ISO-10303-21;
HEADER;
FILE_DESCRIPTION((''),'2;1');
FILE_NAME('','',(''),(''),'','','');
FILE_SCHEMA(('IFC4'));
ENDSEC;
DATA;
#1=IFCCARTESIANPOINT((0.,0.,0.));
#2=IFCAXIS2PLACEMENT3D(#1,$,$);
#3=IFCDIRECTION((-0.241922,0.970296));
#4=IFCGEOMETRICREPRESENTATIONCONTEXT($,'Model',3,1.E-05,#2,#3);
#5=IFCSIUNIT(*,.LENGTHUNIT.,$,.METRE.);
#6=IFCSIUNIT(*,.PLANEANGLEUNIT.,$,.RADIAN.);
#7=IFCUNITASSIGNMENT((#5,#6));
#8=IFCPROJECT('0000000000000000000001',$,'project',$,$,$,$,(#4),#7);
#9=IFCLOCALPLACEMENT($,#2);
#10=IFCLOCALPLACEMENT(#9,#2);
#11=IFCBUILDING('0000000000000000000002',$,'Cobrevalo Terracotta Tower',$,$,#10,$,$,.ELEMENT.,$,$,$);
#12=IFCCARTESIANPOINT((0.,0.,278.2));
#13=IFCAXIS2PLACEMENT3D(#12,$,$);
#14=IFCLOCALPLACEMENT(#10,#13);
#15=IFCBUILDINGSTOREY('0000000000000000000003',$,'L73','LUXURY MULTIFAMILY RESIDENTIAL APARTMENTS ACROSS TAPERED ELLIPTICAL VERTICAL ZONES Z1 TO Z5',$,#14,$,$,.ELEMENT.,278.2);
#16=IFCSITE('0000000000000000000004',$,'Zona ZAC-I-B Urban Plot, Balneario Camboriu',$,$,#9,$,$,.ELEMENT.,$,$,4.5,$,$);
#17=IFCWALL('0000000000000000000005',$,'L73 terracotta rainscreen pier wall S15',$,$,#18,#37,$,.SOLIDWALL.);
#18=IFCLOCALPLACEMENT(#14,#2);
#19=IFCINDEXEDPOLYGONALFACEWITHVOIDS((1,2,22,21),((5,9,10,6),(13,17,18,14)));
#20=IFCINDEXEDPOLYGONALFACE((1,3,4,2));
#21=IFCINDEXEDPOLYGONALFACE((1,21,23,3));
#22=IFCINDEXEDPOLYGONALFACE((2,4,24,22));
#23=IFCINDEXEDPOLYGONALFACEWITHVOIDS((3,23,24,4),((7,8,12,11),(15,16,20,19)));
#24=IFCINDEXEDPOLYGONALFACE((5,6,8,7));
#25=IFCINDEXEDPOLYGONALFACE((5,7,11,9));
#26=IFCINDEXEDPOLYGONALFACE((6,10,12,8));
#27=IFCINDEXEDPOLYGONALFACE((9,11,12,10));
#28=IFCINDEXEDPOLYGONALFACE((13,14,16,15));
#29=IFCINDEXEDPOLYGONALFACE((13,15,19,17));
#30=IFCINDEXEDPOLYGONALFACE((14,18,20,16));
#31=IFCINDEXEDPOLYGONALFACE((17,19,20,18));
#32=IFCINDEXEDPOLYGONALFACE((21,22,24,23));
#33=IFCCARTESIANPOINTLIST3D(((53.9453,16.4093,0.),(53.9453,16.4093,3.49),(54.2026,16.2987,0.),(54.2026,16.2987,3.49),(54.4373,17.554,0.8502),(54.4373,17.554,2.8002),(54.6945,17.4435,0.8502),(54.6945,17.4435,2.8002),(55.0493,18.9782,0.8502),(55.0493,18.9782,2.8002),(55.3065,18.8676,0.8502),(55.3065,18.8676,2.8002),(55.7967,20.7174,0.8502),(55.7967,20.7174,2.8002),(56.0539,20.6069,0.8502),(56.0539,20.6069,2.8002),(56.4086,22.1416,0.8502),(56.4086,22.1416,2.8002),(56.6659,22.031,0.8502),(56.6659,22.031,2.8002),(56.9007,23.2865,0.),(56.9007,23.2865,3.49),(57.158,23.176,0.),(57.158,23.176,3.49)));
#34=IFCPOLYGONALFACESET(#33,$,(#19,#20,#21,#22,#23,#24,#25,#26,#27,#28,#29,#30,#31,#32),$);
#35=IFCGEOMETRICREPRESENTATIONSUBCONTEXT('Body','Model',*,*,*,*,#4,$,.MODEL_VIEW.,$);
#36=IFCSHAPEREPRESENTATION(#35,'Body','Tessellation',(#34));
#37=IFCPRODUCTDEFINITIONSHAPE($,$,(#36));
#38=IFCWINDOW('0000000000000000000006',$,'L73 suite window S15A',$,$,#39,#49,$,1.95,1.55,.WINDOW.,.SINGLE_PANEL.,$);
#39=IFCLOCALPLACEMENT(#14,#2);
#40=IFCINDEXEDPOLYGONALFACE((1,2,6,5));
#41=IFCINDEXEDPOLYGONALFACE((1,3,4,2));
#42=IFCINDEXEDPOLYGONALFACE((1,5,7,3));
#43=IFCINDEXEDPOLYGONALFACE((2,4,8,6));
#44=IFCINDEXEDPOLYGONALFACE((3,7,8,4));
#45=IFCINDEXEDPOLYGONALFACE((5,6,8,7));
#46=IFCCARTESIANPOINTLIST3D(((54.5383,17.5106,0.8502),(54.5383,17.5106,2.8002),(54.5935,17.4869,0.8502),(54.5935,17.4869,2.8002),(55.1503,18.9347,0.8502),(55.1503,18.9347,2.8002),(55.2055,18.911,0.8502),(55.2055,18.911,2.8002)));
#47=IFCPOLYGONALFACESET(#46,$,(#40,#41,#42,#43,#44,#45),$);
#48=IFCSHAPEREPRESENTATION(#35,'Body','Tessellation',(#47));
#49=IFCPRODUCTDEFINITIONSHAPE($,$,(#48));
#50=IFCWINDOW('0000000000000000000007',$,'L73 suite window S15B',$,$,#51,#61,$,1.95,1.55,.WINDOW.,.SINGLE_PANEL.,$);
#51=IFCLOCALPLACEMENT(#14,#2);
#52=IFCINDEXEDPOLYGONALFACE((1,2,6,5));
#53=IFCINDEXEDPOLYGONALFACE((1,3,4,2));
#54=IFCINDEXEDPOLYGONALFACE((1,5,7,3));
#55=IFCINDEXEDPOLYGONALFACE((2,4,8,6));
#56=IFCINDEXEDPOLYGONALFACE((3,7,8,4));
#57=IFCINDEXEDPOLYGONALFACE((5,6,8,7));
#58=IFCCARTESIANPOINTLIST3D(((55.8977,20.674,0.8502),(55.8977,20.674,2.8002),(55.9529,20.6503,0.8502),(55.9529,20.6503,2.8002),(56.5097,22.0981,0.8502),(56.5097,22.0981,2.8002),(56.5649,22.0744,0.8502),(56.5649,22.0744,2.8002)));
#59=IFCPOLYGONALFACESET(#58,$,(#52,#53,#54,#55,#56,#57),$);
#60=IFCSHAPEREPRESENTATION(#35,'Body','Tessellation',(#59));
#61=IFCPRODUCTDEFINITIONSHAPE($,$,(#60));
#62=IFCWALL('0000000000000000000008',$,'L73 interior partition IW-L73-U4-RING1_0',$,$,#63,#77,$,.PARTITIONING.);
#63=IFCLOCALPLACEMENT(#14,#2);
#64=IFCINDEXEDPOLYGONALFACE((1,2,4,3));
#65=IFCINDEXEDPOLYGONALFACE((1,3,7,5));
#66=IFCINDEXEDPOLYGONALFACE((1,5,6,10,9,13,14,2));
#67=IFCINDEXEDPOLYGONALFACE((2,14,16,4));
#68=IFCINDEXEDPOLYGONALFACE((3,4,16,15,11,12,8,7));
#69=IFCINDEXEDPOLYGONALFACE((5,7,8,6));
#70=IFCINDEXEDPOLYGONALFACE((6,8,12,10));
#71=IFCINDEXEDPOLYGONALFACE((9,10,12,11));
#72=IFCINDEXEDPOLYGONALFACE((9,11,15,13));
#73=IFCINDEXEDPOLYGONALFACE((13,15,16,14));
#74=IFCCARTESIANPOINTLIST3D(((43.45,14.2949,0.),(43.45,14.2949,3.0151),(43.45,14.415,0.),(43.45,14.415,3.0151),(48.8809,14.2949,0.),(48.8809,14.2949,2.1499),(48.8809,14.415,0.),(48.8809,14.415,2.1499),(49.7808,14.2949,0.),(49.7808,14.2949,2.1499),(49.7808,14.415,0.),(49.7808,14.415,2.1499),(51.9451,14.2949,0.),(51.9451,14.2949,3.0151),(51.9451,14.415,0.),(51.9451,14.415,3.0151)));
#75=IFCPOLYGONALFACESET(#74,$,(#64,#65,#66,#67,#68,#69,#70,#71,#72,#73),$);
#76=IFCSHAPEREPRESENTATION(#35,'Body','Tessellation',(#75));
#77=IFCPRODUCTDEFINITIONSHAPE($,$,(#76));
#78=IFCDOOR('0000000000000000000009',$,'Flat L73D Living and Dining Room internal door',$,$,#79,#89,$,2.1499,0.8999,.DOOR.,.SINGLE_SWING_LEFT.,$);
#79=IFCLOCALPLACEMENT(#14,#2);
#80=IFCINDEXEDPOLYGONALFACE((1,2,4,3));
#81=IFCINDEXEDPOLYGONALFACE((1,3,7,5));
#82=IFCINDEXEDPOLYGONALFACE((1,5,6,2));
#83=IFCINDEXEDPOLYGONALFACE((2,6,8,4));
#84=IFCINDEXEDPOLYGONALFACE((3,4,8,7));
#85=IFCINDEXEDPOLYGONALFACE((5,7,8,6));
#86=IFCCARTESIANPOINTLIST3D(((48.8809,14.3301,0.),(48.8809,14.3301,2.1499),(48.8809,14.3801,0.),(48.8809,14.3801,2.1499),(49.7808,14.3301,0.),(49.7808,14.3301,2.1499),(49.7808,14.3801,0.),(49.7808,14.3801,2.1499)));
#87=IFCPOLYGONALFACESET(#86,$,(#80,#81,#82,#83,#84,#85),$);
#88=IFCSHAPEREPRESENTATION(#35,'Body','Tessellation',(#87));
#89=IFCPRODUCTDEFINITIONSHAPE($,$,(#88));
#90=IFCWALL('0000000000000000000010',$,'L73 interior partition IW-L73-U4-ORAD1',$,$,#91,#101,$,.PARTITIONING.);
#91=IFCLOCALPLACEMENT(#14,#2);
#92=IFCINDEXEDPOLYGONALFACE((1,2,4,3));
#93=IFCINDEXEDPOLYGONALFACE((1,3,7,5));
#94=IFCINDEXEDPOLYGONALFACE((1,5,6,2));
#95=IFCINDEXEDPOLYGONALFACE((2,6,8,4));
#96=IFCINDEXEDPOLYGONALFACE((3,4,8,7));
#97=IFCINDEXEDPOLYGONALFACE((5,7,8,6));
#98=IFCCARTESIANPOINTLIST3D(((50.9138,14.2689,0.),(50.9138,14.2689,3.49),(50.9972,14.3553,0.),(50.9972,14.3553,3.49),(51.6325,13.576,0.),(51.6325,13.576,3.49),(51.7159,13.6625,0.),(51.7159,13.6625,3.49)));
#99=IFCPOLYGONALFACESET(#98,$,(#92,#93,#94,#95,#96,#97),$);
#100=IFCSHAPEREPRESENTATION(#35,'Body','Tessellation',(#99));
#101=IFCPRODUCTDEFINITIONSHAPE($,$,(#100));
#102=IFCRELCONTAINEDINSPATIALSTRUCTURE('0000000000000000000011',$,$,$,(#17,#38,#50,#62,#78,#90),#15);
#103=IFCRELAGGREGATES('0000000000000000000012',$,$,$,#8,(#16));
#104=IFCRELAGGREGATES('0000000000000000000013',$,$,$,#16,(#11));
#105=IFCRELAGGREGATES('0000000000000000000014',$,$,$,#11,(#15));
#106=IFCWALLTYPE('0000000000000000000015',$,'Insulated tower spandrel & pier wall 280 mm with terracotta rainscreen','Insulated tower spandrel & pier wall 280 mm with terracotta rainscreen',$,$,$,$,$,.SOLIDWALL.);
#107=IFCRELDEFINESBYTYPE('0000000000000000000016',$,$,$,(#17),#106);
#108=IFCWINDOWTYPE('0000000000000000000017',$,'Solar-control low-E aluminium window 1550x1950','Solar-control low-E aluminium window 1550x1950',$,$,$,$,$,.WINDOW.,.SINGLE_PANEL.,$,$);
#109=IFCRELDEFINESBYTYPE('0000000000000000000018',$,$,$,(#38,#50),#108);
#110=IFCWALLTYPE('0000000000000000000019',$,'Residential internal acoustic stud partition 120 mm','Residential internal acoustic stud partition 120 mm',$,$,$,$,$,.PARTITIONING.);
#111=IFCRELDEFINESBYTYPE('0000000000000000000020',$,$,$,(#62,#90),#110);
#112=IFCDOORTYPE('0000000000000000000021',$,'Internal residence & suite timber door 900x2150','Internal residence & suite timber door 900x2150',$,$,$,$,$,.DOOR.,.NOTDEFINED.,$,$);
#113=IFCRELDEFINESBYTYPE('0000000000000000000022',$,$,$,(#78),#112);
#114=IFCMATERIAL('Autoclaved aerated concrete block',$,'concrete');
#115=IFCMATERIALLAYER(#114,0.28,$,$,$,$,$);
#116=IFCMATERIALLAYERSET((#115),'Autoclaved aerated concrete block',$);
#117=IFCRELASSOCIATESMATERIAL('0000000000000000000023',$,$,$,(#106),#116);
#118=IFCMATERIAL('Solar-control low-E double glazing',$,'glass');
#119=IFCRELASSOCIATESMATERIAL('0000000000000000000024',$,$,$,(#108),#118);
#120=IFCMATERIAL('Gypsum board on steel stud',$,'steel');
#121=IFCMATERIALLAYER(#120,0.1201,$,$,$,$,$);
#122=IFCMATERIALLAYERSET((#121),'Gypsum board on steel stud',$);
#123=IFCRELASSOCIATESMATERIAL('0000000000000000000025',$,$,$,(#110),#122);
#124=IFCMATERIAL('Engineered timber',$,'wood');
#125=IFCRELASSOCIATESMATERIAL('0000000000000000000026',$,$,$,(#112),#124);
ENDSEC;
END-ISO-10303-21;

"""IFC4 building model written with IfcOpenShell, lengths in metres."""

from ifc_helpers import new_model, si_unit, direction, frame, frame_2d, origin, place, context, subcontext, project, spatial, rectangle, extrude, source, transform, mapped, material, layer, layer_set, type_object, element, fill, save


model = new_model("IFC4")

# Units and contexts
model_context = context("Model", 3, precision=1e-05, world=origin(), true_north=direction((-0.241922, 0.970296)))
body_context = subcontext(model_context, "Body", "Model", "MODEL_VIEW")
ifc_project = project(units=[si_unit("LENGTHUNIT", "METRE"), si_unit("PLANEANGLEUNIT", "RADIAN")], contexts=[model_context])

# Site, building, storey
site_placement = place(None, origin())
site = spatial("IfcSite", under=ifc_project, at=site_placement, Name="Zona ZAC-I-B Urban Plot, Balneario Camboriu", CompositionType="ELEMENT", RefElevation=4.5)
building_placement = place(site_placement, origin())
building = spatial("IfcBuilding", under=site, at=building_placement, Name="Cobrevalo Terracotta Tower", CompositionType="ELEMENT")
storey_placement = place(building_placement, frame((0.0, 0.0, 278.2)))
storey = spatial("IfcBuildingStorey", under=building, at=storey_placement, Name="L73", Description="LUXURY MULTIFAMILY RESIDENTIAL APARTMENTS ACROSS TAPERED ELLIPTICAL VERTICAL ZONES Z1 TO Z5", CompositionType="ELEMENT", Elevation=278.2)

# Shared definitions
ifc_material_1 = material(Name="Solar-control low-E double glazing", Category="glass")

# Wall, openings, windows
ifc_material_2 = material(Name="Autoclaved aerated concrete block", Category="concrete")
ifc_layer_1 = layer(ifc_material_2, 0.28)
ifc_layer_set_1 = layer_set([ifc_layer_1], Name="Autoclaved aerated concrete block")
wall_type_1 = type_object("IfcWallType", Name="Insulated tower spandrel & pier wall 280 mm with terracotta rainscreen", Description="Insulated tower spandrel & pier wall 280 mm with terracotta rainscreen", PredefinedType="SOLIDWALL", material=ifc_layer_set_1)
wall_1_placement = place(storey_placement, frame((54.074, 16.354, 0.0), z_axis=(0.0, 0.0, 1.0), x_axis=(0.394817, 0.91876, 0.0)))
wall_1 = element("IfcWall", 1, at=wall_1_placement, inside=storey, type_object=wall_type_1, Name="L73 terracotta rainscreen pier wall S15", PredefinedType="SOLIDWALL", context=body_context, shape_type="SweptSolid", body=[
    extrude(rectangle(XDim=7.4854, YDim=0.28, at=frame_2d((3.7427, 0.0))), origin(), (0.0, 0.0, 1.0), 3.49),
])
opening_1_placement = place(wall_1_placement, frame((1.2461, 0.0, 0.8501)))
opening_1 = element("IfcOpeningElement", 2, at=opening_1_placement, cuts=wall_1, PredefinedType="OPENING", context=body_context, shape_type="SweptSolid", body=[
    extrude(rectangle(XDim=1.55, YDim=1.95, at=frame_2d((0.7749, 0.9751))), frame((0.0, 0.1499, 0.0), z_axis=(0.0, -1.0, 0.0), x_axis=(1.0, 0.0, 0.0)), (0.0, 0.0, 1.0), 0.3),
])
opening_2_placement = place(wall_1_placement, frame((4.6892, 0.0, 0.8501)))
opening_2 = element("IfcOpeningElement", 3, at=opening_2_placement, cuts=wall_1, PredefinedType="OPENING", context=body_context, shape_type="SweptSolid", body=[
    extrude(rectangle(XDim=1.55, YDim=1.95, at=frame_2d((0.7749, 0.9751))), frame((0.0, 0.1499, 0.0), z_axis=(0.0, -1.0, 0.0), x_axis=(1.0, 0.0, 0.0)), (0.0, 0.0, 1.0), 0.3),
])
window_type = type_object("IfcWindowType", Name="Solar-control low-E aluminium window 1550x1950", Description="Solar-control low-E aluminium window 1550x1950", PartitioningType="SINGLE_PANEL", PredefinedType="WINDOW", material=ifc_material_1)
shared_shape_1 = source(origin(), body_context, "Body", "SweptSolid", [
    extrude(rectangle(XDim=1.55, YDim=1.95, at=frame_2d((0.7749, 0.9751))), frame((0.0, 0.03, 0.0), z_axis=(0.0, -1.0, 0.0), x_axis=(1.0, 0.0, 0.0)), (0.0, 0.0, 1.0), 0.0601),
])
window_1_placement = place(opening_1_placement, origin())
window_1 = element("IfcWindow", 4, at=window_1_placement, inside=storey, type_object=window_type, Name="L73 suite window S15A", OverallHeight=1.95, OverallWidth=1.55, PartitioningType="SINGLE_PANEL", PredefinedType="WINDOW", context=body_context, shape_type="MappedRepresentation", body=[
    mapped(shared_shape_1, transform((0.0, 0.0, 0.0), scale=1.0)),
])
fill(opening_1, window_1)
window_2_placement = place(opening_2_placement, origin())
window_2 = element("IfcWindow", 5, at=window_2_placement, inside=storey, type_object=window_type, Name="L73 suite window S15B", OverallHeight=1.95, OverallWidth=1.55, PartitioningType="SINGLE_PANEL", PredefinedType="WINDOW", context=body_context, shape_type="MappedRepresentation", body=[
    mapped(shared_shape_1, transform((0.0, 0.0, 0.0), scale=1.0)),
])
fill(opening_2, window_2)

# Wall, opening, door
ifc_material_3 = material(Name="Gypsum board on steel stud", Category="steel")
ifc_layer_2 = layer(ifc_material_3, 0.1201)
ifc_layer_set_2 = layer_set([ifc_layer_2], Name="Gypsum board on steel stud")
wall_type_2 = type_object("IfcWallType", Name="Residential internal acoustic stud partition 120 mm", Description="Residential internal acoustic stud partition 120 mm", PredefinedType="PARTITIONING", material=ifc_layer_set_2)
wall_2_placement = place(storey_placement, frame((51.9451, 14.355, 0.0), z_axis=(0.0, 0.0, 1.0), x_axis=(-1.0, 0.0, 0.0)))
wall_2 = element("IfcWall", 6, at=wall_2_placement, inside=storey, type_object=wall_type_2, Name="L73 interior partition IW-L73-U4-RING1_0", PredefinedType="PARTITIONING", context=body_context, shape_type="SweptSolid", body=[
    extrude(rectangle(XDim=8.4951, YDim=0.1201, at=frame_2d((4.2476, 0.0))), origin(), (0.0, 0.0, 1.0), 3.0151),
])
opening_3_placement = place(wall_2_placement, frame((2.1643, 0.0, 0.0)))
opening_3 = element("IfcOpeningElement", 7, at=opening_3_placement, cuts=wall_2, PredefinedType="OPENING", context=body_context, shape_type="SweptSolid", body=[
    extrude(rectangle(XDim=0.8999, YDim=2.1499, at=frame_2d((0.45, 1.075))), frame((0.0, 0.0701, 0.0), z_axis=(0.0, -1.0, 0.0), x_axis=(1.0, 0.0, 0.0)), (0.0, 0.0, 1.0), 0.1401),
])
ifc_material_4 = material(Name="Engineered timber", Category="wood")
door_type = type_object("IfcDoorType", Name="Internal residence & suite timber door 900x2150", Description="Internal residence & suite timber door 900x2150", OperationType="NOTDEFINED", PredefinedType="DOOR", material=ifc_material_4)
shared_shape_2 = source(origin(), body_context, "Body", "SweptSolid", [
    extrude(rectangle(XDim=0.8999, YDim=2.1499, at=frame_2d((0.45, 1.075))), frame((0.0, 0.0249, 0.0), z_axis=(0.0, -1.0, 0.0), x_axis=(1.0, 0.0, 0.0)), (0.0, 0.0, 1.0), 0.05),
])
door_placement = place(opening_3_placement, origin())
door = element("IfcDoor", 8, at=door_placement, inside=storey, type_object=door_type, Name="Flat L73D Living and Dining Room internal door", OperationType="SINGLE_SWING_LEFT", OverallHeight=2.1499, OverallWidth=0.8999, PredefinedType="DOOR", context=body_context, shape_type="MappedRepresentation", body=[
    mapped(shared_shape_2, transform((0.0, 0.0, 0.0), scale=1.0)),
])
fill(opening_3, door)

# Wall
wall_3_placement = place(storey_placement, frame((50.9556, 14.312, 0.0), z_axis=(0.0, 0.0, 1.0), x_axis=(0.719949, -0.694027, 0.0)))
element("IfcWall", 9, at=wall_3_placement, inside=storey, type_object=wall_type_2, Name="L73 interior partition IW-L73-U4-ORAD1", PredefinedType="PARTITIONING", context=body_context, shape_type="SweptSolid", body=[
    extrude(rectangle(XDim=0.9983, YDim=0.1201, at=frame_2d((0.499, 0.0))), origin(), (0.0, 0.0, 1.0), 3.49),
])

save(model, "model.ifc")
